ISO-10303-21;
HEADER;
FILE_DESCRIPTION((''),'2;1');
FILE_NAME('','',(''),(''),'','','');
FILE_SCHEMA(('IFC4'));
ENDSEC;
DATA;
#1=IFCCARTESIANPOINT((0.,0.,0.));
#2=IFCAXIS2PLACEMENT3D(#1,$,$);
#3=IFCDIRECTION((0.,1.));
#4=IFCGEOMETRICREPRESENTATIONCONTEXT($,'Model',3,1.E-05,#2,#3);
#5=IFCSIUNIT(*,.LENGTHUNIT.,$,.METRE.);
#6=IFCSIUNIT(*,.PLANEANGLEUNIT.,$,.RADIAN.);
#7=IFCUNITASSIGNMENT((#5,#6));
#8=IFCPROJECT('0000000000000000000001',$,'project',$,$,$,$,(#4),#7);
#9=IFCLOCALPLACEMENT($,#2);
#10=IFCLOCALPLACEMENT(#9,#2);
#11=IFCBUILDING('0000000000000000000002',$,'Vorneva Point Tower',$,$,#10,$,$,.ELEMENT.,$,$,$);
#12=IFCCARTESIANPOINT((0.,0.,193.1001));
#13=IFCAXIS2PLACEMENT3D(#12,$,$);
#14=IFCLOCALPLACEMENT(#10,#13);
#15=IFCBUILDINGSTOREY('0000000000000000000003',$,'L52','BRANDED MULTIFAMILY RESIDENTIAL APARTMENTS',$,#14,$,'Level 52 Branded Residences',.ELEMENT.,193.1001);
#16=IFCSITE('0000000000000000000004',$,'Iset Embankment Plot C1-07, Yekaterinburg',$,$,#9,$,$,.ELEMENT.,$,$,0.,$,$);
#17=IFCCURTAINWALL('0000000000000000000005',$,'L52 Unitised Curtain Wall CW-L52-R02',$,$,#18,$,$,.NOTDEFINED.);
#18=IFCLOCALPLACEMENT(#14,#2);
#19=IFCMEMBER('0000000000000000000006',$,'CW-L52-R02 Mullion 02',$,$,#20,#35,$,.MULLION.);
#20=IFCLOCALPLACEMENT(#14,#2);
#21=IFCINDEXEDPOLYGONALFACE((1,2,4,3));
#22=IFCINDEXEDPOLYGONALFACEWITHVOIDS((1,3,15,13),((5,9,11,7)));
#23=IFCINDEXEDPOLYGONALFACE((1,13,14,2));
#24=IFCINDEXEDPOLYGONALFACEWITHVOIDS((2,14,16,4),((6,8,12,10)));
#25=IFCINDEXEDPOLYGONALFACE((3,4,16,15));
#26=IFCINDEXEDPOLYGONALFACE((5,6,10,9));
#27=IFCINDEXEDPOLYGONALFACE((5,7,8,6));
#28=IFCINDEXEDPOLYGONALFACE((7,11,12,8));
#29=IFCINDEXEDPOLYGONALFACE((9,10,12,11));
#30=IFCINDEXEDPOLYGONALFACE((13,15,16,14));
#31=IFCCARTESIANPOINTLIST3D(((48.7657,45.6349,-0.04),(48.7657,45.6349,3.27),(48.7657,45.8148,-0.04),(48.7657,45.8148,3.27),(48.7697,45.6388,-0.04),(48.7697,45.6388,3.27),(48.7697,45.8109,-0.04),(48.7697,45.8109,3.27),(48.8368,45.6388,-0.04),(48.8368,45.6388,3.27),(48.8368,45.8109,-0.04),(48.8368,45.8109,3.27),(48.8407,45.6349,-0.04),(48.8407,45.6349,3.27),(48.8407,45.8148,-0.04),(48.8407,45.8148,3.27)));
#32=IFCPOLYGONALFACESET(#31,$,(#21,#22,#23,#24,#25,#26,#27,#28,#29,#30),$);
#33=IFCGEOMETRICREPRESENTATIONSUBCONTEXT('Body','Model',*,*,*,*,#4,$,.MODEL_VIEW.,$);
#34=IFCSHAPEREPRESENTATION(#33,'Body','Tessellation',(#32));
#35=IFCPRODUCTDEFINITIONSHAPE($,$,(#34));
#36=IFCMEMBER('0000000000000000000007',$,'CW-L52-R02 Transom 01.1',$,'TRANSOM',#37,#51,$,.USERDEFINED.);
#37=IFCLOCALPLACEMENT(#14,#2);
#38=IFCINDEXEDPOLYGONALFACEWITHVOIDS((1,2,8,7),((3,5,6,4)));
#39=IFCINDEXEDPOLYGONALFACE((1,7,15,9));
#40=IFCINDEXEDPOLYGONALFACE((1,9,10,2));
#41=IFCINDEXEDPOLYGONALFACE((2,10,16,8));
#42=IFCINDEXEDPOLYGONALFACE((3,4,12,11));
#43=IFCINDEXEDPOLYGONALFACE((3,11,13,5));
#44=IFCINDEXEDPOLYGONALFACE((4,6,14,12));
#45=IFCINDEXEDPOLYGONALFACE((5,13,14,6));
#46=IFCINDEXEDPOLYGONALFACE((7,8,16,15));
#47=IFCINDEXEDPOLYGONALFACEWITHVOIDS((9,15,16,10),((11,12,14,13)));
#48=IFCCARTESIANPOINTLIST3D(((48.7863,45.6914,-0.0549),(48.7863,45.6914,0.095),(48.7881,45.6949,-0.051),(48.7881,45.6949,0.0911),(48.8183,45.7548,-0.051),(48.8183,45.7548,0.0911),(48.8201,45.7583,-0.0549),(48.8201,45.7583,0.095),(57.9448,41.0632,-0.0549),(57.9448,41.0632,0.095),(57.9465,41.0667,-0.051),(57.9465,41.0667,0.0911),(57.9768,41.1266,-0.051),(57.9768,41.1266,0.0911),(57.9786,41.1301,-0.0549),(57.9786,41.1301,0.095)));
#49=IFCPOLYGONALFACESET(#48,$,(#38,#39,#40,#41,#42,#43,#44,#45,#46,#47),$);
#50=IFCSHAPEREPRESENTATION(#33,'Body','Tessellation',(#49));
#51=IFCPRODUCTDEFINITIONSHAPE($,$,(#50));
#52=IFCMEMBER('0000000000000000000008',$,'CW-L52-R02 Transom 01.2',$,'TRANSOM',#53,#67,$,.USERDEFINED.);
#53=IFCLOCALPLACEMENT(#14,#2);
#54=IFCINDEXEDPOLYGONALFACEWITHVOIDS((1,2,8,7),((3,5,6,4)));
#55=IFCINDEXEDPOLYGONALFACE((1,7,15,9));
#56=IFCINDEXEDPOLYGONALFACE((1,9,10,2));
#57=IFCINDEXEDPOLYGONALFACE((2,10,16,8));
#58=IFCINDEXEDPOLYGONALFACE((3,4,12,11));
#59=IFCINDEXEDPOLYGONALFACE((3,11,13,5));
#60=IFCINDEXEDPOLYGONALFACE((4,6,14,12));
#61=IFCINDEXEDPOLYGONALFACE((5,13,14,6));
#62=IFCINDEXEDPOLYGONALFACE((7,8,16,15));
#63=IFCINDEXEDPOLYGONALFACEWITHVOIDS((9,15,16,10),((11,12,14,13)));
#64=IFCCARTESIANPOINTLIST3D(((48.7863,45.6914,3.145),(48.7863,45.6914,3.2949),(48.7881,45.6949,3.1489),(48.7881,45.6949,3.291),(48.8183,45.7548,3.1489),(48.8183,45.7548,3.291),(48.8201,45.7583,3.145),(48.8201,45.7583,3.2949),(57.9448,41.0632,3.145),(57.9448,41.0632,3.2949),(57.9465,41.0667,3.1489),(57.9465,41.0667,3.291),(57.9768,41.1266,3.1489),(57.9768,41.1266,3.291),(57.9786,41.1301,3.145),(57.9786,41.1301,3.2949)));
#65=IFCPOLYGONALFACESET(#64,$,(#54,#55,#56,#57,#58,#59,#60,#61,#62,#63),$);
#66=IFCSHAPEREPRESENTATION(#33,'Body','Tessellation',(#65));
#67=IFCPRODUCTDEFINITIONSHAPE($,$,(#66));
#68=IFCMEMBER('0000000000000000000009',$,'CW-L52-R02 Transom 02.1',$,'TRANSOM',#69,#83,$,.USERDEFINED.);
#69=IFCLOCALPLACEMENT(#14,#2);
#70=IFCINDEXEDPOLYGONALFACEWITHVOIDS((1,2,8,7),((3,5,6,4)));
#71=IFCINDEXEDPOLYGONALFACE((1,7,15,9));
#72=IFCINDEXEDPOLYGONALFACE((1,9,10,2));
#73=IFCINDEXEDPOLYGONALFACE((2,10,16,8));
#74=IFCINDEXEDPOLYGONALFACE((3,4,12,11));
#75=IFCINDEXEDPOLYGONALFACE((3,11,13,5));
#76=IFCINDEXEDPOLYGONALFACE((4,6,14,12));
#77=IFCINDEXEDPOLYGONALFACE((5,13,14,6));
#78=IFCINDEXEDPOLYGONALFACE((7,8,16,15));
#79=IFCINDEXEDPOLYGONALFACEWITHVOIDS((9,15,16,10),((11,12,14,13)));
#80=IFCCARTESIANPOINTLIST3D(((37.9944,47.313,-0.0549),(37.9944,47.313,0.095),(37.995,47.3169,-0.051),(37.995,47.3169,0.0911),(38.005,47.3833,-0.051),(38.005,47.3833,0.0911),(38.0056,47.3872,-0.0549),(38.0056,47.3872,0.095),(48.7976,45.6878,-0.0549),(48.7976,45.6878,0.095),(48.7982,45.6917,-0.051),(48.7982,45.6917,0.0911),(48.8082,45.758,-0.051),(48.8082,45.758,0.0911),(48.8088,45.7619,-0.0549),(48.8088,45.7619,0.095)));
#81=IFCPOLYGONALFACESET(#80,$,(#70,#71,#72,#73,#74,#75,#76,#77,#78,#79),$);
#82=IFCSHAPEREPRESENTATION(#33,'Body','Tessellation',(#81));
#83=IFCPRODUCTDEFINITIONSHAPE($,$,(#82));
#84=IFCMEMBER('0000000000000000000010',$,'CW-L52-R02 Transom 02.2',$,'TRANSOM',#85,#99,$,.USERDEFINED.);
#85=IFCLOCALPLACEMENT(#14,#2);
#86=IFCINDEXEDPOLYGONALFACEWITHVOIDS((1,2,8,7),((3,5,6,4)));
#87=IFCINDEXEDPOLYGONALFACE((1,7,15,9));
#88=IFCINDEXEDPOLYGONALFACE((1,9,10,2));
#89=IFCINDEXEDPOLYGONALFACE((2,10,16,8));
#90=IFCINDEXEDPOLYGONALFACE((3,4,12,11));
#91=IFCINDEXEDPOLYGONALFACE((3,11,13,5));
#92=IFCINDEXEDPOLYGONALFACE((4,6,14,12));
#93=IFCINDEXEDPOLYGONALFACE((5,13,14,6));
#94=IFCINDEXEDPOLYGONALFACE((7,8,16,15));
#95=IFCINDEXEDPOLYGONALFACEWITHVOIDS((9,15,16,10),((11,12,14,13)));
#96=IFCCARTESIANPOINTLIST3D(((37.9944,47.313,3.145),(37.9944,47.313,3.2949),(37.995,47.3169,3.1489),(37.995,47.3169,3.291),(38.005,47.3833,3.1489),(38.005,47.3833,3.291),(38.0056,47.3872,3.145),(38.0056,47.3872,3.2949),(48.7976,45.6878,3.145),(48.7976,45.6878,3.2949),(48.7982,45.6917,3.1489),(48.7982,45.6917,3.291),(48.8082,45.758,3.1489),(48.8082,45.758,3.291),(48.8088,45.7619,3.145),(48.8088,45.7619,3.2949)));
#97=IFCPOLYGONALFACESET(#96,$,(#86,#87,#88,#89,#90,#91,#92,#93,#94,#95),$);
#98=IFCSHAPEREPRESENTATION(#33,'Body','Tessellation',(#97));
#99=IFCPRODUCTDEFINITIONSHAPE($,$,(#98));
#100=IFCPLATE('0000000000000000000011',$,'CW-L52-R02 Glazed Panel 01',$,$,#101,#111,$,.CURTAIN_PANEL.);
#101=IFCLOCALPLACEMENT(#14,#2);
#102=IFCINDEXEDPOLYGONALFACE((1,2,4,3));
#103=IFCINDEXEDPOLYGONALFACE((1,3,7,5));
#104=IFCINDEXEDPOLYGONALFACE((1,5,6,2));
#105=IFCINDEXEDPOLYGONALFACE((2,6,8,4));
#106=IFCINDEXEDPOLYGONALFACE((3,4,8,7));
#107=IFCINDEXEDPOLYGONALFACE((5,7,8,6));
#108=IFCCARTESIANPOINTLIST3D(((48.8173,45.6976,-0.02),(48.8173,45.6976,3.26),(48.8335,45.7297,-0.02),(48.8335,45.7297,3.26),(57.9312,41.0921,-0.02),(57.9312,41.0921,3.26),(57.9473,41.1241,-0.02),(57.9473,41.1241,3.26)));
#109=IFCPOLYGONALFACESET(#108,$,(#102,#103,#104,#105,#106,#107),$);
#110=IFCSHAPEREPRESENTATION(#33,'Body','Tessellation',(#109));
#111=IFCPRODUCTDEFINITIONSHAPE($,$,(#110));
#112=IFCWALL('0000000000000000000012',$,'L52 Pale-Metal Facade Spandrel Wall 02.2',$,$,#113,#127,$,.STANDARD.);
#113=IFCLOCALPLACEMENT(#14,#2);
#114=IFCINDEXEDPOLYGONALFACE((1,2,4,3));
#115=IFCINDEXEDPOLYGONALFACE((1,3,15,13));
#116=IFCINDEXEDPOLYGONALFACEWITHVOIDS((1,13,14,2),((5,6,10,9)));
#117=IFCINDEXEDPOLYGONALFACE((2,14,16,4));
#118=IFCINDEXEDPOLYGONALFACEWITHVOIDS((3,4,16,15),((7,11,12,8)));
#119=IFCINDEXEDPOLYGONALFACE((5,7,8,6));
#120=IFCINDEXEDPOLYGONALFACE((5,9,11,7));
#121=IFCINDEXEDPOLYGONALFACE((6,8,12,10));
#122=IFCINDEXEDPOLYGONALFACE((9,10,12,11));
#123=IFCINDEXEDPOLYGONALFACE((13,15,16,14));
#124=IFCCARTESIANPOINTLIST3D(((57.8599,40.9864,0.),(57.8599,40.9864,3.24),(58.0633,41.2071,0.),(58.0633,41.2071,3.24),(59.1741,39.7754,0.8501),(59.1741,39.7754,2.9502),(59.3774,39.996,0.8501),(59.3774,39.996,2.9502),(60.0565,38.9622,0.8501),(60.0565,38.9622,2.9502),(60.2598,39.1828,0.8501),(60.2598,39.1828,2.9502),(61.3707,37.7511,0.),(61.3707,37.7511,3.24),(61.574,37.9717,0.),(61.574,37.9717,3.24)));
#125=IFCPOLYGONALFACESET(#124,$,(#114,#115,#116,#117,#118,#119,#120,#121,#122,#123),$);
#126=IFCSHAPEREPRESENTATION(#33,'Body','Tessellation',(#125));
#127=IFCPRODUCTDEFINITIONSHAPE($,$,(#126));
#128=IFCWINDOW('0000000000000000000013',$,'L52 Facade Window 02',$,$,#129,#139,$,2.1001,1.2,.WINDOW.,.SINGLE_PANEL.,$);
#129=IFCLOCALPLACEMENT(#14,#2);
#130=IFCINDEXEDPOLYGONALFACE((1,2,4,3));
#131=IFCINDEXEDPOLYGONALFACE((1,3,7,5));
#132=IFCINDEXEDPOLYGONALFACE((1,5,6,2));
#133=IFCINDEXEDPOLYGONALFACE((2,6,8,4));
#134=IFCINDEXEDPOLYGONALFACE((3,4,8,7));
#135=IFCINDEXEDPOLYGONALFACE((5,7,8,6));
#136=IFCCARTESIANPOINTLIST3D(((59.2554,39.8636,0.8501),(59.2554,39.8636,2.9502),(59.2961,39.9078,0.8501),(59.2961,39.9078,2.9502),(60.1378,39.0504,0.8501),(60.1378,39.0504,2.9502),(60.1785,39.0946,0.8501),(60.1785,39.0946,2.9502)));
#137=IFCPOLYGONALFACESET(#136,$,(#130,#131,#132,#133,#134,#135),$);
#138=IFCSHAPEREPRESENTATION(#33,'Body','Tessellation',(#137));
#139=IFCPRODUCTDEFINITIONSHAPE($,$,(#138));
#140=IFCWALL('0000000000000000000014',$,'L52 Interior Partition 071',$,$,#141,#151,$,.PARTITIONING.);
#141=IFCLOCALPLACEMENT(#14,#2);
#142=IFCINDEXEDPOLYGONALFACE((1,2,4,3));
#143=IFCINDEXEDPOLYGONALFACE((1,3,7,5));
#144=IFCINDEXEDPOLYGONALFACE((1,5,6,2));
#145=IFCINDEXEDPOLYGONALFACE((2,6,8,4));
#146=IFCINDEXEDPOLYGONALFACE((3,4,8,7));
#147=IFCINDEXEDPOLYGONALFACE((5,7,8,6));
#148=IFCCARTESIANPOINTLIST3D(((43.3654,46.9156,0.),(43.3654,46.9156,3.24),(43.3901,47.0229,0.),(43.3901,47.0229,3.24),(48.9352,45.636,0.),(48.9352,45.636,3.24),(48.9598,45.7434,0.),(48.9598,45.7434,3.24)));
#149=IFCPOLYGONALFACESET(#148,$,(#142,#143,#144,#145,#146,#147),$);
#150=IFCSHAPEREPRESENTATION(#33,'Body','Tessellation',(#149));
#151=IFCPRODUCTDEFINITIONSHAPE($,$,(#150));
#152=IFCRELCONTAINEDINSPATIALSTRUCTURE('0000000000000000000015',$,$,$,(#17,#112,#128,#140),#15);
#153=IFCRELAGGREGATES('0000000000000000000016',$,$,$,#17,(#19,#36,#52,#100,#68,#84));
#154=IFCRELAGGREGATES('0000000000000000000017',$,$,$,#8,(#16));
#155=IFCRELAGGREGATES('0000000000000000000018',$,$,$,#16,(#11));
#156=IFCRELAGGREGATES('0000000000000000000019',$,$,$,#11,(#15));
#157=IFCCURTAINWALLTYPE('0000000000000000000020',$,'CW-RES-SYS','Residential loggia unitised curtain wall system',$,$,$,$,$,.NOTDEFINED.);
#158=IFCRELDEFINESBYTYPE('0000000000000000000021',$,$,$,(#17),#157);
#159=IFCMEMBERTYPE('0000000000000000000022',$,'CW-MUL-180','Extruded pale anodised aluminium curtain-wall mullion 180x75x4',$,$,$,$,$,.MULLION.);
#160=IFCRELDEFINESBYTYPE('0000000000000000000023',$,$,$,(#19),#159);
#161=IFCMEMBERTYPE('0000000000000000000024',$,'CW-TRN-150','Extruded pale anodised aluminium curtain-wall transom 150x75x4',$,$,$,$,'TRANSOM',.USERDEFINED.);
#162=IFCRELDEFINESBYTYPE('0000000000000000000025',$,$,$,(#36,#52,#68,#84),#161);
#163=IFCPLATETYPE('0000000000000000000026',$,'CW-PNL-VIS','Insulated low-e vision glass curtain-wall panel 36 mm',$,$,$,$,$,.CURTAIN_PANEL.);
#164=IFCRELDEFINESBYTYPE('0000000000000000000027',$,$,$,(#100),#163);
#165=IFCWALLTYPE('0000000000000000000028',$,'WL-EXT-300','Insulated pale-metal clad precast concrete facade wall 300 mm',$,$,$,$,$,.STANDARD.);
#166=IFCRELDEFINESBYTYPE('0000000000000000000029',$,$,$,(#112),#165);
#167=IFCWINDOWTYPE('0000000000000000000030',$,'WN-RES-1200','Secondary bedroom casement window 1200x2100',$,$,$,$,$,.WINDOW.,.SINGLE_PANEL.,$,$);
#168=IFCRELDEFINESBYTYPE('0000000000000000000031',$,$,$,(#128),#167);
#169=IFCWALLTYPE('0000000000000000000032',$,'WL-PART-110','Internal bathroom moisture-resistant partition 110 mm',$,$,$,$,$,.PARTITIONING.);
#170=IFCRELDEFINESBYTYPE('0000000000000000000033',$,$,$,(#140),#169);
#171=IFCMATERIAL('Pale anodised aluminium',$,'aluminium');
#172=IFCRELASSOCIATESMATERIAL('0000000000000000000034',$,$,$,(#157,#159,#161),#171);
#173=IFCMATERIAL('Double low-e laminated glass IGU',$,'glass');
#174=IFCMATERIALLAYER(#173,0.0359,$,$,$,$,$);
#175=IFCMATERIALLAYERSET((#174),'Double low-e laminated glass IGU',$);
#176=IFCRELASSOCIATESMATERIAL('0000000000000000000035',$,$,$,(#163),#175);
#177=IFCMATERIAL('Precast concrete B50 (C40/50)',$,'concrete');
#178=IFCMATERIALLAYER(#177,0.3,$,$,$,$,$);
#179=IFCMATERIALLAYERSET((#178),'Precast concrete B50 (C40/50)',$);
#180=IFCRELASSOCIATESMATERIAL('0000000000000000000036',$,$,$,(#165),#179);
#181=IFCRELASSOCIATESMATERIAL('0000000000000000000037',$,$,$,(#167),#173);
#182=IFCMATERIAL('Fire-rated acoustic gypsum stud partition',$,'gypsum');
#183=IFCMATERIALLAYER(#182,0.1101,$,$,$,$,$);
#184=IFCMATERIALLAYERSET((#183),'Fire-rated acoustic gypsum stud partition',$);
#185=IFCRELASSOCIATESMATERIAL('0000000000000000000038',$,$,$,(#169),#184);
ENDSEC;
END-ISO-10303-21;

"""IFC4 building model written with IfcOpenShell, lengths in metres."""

from ifc_helpers import new_model, si_unit, direction, frame, frame_2d, origin, origin_2d, place, context, subcontext, project, spatial, rectangle, hollow_rectangle, extrude, material, layer, layer_set, material_profile, profile_set, type_object, element, fill, aggregate, save


model = new_model("IFC4")

# Units and contexts
model_context = context("Model", 3, precision=1e-05, world=origin(), true_north=direction((0.0, 1.0)))
body_context = subcontext(model_context, "Body", "Model", "MODEL_VIEW")
ifc_project = project(units=[si_unit("LENGTHUNIT", "METRE"), si_unit("PLANEANGLEUNIT", "RADIAN")], contexts=[model_context])

# Site, building, storey
site_placement = place(None, origin())
site = spatial("IfcSite", under=ifc_project, at=site_placement, Name="Iset Embankment Plot C1-07, Yekaterinburg", CompositionType="ELEMENT", RefElevation=0.0)
building_placement = place(site_placement, origin())
building = spatial("IfcBuilding", under=site, at=building_placement, Name="Vorneva Point Tower", CompositionType="ELEMENT")
storey_placement = place(building_placement, frame((0.0, 0.0, 193.1001)))
storey = spatial("IfcBuildingStorey", under=building, at=storey_placement, Name="L52", Description="BRANDED MULTIFAMILY RESIDENTIAL APARTMENTS", LongName="Level 52 Branded Residences", CompositionType="ELEMENT", Elevation=193.1001)

# Curtain wall, members, plate
ifc_material_1 = material(Name="Pale anodised aluminium", Category="aluminium")
curtain_wall_type = type_object("IfcCurtainWallType", Name="CW-RES-SYS", Description="Residential loggia unitised curtain wall system", PredefinedType="NOTDEFINED", material=ifc_material_1)
curtain_wall_placement = place(storey_placement, origin())
curtain_wall = element("IfcCurtainWall", 1, at=curtain_wall_placement, inside=storey, type_object=curtain_wall_type, Name="L52 Unitised Curtain Wall CW-L52-R02", PredefinedType="NOTDEFINED")
ifc_material_profile_1 = material_profile(ifc_material_1, hollow_rectangle(XDim=0.075, YDim=0.1799, WallThickness=0.0039, at=origin_2d()), Name="AL-MUL 180x75x4")
ifc_profile_set_1 = profile_set([ifc_material_profile_1], Name="Pale anodised aluminium")
member_type_1 = type_object("IfcMemberType", Name="CW-MUL-180", Description="Extruded pale anodised aluminium curtain-wall mullion 180x75x4", PredefinedType="MULLION", material=ifc_profile_set_1)
member_1_placement = place(storey_placement, frame((48.8032, 45.7249, -0.04), z_axis=(0.0, 0.0, 1.0), x_axis=(1.0, 0.0, 0.0)))
member_1 = element("IfcMember", 2, at=member_1_placement, type_object=member_type_1, Name="CW-L52-R02 Mullion 02", PredefinedType="MULLION", context=body_context, shape_type="SweptSolid", body=[
    extrude(hollow_rectangle(XDim=0.075, YDim=0.1799, WallThickness=0.0039, at=origin_2d()), origin(), (0.0, 0.0, 1.0), 3.3101),
])
ifc_material_profile_2 = material_profile(ifc_material_1, hollow_rectangle(XDim=0.075, YDim=0.1499, WallThickness=0.0039, at=origin_2d()), Name="AL-TRN 150x75x4")
ifc_profile_set_2 = profile_set([ifc_material_profile_2], Name="Pale anodised aluminium")
member_type_2 = type_object("IfcMemberType", Name="CW-TRN-150", Description="Extruded pale anodised aluminium curtain-wall transom 150x75x4", ElementType="TRANSOM", PredefinedType="USERDEFINED", material=ifc_profile_set_2)
member_2_placement = place(storey_placement, frame((57.9617, 41.0967, 0.02), z_axis=(-0.892511, 0.451026, 0.0), x_axis=(-0.451026, -0.892511, 0.0)))
member_2 = element("IfcMember", 3, at=member_2_placement, type_object=member_type_2, Name="CW-L52-R02 Transom 01.1", ObjectType="TRANSOM", PredefinedType="USERDEFINED", context=body_context, shape_type="SweptSolid", body=[
    extrude(hollow_rectangle(XDim=0.075, YDim=0.1499, WallThickness=0.0039, at=origin_2d()), origin(), (0.0, 0.0, 1.0), 10.2615),
])
member_3_placement = place(storey_placement, frame((57.9617, 41.0967, 3.22), z_axis=(-0.892511, 0.451026, 0.0), x_axis=(-0.451026, -0.892511, 0.0)))
member_3 = element("IfcMember", 4, at=member_3_placement, type_object=member_type_2, Name="CW-L52-R02 Transom 01.2", ObjectType="TRANSOM", PredefinedType="USERDEFINED", context=body_context, shape_type="SweptSolid", body=[
    extrude(hollow_rectangle(XDim=0.075, YDim=0.1499, WallThickness=0.0039, at=origin_2d()), origin(), (0.0, 0.0, 1.0), 10.2615),
])
member_4_placement = place(storey_placement, frame((48.8032, 45.7249, 0.02), z_axis=(-0.988872, 0.148767, 0.0), x_axis=(-0.148767, -0.988872, 0.0)))
member_4 = element("IfcMember", 5, at=member_4_placement, type_object=member_type_2, Name="CW-L52-R02 Transom 02.1", ObjectType="TRANSOM", PredefinedType="USERDEFINED", context=body_context, shape_type="SweptSolid", body=[
    extrude(hollow_rectangle(XDim=0.075, YDim=0.1499, WallThickness=0.0039, at=origin_2d()), origin(), (0.0, 0.0, 1.0), 10.9248),
])
member_5_placement = place(storey_placement, frame((48.8032, 45.7249, 3.22), z_axis=(-0.988872, 0.148767, 0.0), x_axis=(-0.148767, -0.988872, 0.0)))
member_5 = element("IfcMember", 6, at=member_5_placement, type_object=member_type_2, Name="CW-L52-R02 Transom 02.2", ObjectType="TRANSOM", PredefinedType="USERDEFINED", context=body_context, shape_type="SweptSolid", body=[
    extrude(hollow_rectangle(XDim=0.075, YDim=0.1499, WallThickness=0.0039, at=origin_2d()), origin(), (0.0, 0.0, 1.0), 10.9248),
])
ifc_material_2 = material(Name="Double low-e laminated glass IGU", Category="glass")
ifc_layer_1 = layer(ifc_material_2, 0.0359)
ifc_layer_set_1 = layer_set([ifc_layer_1], Name="Double low-e laminated glass IGU")
plate_type = type_object("IfcPlateType", Name="CW-PNL-VIS", Description="Insulated low-e vision glass curtain-wall panel 36 mm", PredefinedType="CURTAIN_PANEL", material=ifc_layer_set_1)
plate_placement = place(storey_placement, frame((53.3823, 43.4109, -0.02), z_axis=(0.0, 0.0, 1.0), x_axis=(-0.892515, 0.451018, 0.0)))
plate = element("IfcPlate", 7, at=plate_placement, type_object=plate_type, Name="CW-L52-R02 Glazed Panel 01", PredefinedType="CURTAIN_PANEL", context=body_context, shape_type="SweptSolid", body=[
    extrude(rectangle(XDim=10.2114, YDim=0.0359, at=origin_2d()), origin(), (0.0, 0.0, 1.0), 3.28),
])
aggregate(curtain_wall, [member_1, member_2, member_3, plate, member_4, member_5])

# Wall, opening, window
ifc_material_3 = material(Name="Precast concrete B50 (C40/50)", Category="concrete")
ifc_layer_2 = layer(ifc_material_3, 0.3)
ifc_layer_set_2 = layer_set([ifc_layer_2], Name="Precast concrete B50 (C40/50)")
wall_type_1 = type_object("IfcWallType", Name="WL-EXT-300", Description="Insulated pale-metal clad precast concrete facade wall 300 mm", PredefinedType="STANDARD", material=ifc_layer_set_2)
wall_1_placement = place(storey_placement, frame((61.4724, 37.8613, 0.0), z_axis=(0.0, 0.0, 1.0), x_axis=(-0.73536, 0.677677, 0.0)))
wall_1 = element("IfcWall", 8, at=wall_1_placement, inside=storey, type_object=wall_type_1, Name="L52 Pale-Metal Facade Spandrel Wall 02.2", PredefinedType="STANDARD", context=body_context, shape_type="SweptSolid", body=[
    extrude(rectangle(XDim=4.7742, YDim=0.3, at=frame_2d((2.3872, 0.0))), origin(), (0.0, 0.0, 1.0), 3.24),
])
opening_1_placement = place(wall_1_placement, frame((1.7871, 0.0, 0.8501)))
opening_1 = element("IfcOpeningElement", 9, at=opening_1_placement, cuts=wall_1, PredefinedType="OPENING", context=body_context, shape_type="SweptSolid", body=[
    extrude(rectangle(XDim=1.2, YDim=2.1001, at=frame_2d((0.6001, 1.05))), frame((0.0, 0.165, 0.0), z_axis=(0.0, -1.0, 0.0), x_axis=(1.0, 0.0, 0.0)), (0.0, 0.0, 1.0), 0.3298),
])
window_type = type_object("IfcWindowType", Name="WN-RES-1200", Description="Secondary bedroom casement window 1200x2100", PartitioningType="SINGLE_PANEL", PredefinedType="WINDOW", material=ifc_material_2)
window_placement = place(opening_1_placement, origin())
window = element("IfcWindow", 10, at=window_placement, inside=storey, type_object=window_type, Name="L52 Facade Window 02", OverallHeight=2.1001, OverallWidth=1.2, PartitioningType="SINGLE_PANEL", PredefinedType="WINDOW", context=body_context, shape_type="SweptSolid", body=[
    extrude(rectangle(XDim=1.2, YDim=2.1001, at=frame_2d((0.6001, 1.05))), frame((0.0, 0.03, 0.0), z_axis=(0.0, -1.0, 0.0), x_axis=(1.0, 0.0, 0.0)), (0.0, 0.0, 1.0), 0.0601),
])
fill(opening_1, window)

# Wall
ifc_material_4 = material(Name="Fire-rated acoustic gypsum stud partition", Category="gypsum")
ifc_layer_3 = layer(ifc_material_4, 0.1101)
ifc_layer_set_3 = layer_set([ifc_layer_3], Name="Fire-rated acoustic gypsum stud partition")
wall_type_2 = type_object("IfcWallType", Name="WL-PART-110", Description="Internal bathroom moisture-resistant partition 110 mm", PredefinedType="PARTITIONING", material=ifc_layer_set_3)
wall_2_placement = place(storey_placement, frame((48.9475, 45.6897, 0.0), z_axis=(0.0, 0.0, 1.0), x_axis=(-0.974613, 0.223895, 0.0)))
element("IfcWall", 11, at=wall_2_placement, inside=storey, type_object=wall_type_2, Name="L52 Interior Partition 071", PredefinedType="PARTITIONING", context=body_context, shape_type="SweptSolid", body=[
    extrude(rectangle(XDim=5.7148, YDim=0.1101, at=frame_2d((2.8574, 0.0))), origin(), (0.0, 0.0, 1.0), 3.24),
])

save(model, "model.ifc")
